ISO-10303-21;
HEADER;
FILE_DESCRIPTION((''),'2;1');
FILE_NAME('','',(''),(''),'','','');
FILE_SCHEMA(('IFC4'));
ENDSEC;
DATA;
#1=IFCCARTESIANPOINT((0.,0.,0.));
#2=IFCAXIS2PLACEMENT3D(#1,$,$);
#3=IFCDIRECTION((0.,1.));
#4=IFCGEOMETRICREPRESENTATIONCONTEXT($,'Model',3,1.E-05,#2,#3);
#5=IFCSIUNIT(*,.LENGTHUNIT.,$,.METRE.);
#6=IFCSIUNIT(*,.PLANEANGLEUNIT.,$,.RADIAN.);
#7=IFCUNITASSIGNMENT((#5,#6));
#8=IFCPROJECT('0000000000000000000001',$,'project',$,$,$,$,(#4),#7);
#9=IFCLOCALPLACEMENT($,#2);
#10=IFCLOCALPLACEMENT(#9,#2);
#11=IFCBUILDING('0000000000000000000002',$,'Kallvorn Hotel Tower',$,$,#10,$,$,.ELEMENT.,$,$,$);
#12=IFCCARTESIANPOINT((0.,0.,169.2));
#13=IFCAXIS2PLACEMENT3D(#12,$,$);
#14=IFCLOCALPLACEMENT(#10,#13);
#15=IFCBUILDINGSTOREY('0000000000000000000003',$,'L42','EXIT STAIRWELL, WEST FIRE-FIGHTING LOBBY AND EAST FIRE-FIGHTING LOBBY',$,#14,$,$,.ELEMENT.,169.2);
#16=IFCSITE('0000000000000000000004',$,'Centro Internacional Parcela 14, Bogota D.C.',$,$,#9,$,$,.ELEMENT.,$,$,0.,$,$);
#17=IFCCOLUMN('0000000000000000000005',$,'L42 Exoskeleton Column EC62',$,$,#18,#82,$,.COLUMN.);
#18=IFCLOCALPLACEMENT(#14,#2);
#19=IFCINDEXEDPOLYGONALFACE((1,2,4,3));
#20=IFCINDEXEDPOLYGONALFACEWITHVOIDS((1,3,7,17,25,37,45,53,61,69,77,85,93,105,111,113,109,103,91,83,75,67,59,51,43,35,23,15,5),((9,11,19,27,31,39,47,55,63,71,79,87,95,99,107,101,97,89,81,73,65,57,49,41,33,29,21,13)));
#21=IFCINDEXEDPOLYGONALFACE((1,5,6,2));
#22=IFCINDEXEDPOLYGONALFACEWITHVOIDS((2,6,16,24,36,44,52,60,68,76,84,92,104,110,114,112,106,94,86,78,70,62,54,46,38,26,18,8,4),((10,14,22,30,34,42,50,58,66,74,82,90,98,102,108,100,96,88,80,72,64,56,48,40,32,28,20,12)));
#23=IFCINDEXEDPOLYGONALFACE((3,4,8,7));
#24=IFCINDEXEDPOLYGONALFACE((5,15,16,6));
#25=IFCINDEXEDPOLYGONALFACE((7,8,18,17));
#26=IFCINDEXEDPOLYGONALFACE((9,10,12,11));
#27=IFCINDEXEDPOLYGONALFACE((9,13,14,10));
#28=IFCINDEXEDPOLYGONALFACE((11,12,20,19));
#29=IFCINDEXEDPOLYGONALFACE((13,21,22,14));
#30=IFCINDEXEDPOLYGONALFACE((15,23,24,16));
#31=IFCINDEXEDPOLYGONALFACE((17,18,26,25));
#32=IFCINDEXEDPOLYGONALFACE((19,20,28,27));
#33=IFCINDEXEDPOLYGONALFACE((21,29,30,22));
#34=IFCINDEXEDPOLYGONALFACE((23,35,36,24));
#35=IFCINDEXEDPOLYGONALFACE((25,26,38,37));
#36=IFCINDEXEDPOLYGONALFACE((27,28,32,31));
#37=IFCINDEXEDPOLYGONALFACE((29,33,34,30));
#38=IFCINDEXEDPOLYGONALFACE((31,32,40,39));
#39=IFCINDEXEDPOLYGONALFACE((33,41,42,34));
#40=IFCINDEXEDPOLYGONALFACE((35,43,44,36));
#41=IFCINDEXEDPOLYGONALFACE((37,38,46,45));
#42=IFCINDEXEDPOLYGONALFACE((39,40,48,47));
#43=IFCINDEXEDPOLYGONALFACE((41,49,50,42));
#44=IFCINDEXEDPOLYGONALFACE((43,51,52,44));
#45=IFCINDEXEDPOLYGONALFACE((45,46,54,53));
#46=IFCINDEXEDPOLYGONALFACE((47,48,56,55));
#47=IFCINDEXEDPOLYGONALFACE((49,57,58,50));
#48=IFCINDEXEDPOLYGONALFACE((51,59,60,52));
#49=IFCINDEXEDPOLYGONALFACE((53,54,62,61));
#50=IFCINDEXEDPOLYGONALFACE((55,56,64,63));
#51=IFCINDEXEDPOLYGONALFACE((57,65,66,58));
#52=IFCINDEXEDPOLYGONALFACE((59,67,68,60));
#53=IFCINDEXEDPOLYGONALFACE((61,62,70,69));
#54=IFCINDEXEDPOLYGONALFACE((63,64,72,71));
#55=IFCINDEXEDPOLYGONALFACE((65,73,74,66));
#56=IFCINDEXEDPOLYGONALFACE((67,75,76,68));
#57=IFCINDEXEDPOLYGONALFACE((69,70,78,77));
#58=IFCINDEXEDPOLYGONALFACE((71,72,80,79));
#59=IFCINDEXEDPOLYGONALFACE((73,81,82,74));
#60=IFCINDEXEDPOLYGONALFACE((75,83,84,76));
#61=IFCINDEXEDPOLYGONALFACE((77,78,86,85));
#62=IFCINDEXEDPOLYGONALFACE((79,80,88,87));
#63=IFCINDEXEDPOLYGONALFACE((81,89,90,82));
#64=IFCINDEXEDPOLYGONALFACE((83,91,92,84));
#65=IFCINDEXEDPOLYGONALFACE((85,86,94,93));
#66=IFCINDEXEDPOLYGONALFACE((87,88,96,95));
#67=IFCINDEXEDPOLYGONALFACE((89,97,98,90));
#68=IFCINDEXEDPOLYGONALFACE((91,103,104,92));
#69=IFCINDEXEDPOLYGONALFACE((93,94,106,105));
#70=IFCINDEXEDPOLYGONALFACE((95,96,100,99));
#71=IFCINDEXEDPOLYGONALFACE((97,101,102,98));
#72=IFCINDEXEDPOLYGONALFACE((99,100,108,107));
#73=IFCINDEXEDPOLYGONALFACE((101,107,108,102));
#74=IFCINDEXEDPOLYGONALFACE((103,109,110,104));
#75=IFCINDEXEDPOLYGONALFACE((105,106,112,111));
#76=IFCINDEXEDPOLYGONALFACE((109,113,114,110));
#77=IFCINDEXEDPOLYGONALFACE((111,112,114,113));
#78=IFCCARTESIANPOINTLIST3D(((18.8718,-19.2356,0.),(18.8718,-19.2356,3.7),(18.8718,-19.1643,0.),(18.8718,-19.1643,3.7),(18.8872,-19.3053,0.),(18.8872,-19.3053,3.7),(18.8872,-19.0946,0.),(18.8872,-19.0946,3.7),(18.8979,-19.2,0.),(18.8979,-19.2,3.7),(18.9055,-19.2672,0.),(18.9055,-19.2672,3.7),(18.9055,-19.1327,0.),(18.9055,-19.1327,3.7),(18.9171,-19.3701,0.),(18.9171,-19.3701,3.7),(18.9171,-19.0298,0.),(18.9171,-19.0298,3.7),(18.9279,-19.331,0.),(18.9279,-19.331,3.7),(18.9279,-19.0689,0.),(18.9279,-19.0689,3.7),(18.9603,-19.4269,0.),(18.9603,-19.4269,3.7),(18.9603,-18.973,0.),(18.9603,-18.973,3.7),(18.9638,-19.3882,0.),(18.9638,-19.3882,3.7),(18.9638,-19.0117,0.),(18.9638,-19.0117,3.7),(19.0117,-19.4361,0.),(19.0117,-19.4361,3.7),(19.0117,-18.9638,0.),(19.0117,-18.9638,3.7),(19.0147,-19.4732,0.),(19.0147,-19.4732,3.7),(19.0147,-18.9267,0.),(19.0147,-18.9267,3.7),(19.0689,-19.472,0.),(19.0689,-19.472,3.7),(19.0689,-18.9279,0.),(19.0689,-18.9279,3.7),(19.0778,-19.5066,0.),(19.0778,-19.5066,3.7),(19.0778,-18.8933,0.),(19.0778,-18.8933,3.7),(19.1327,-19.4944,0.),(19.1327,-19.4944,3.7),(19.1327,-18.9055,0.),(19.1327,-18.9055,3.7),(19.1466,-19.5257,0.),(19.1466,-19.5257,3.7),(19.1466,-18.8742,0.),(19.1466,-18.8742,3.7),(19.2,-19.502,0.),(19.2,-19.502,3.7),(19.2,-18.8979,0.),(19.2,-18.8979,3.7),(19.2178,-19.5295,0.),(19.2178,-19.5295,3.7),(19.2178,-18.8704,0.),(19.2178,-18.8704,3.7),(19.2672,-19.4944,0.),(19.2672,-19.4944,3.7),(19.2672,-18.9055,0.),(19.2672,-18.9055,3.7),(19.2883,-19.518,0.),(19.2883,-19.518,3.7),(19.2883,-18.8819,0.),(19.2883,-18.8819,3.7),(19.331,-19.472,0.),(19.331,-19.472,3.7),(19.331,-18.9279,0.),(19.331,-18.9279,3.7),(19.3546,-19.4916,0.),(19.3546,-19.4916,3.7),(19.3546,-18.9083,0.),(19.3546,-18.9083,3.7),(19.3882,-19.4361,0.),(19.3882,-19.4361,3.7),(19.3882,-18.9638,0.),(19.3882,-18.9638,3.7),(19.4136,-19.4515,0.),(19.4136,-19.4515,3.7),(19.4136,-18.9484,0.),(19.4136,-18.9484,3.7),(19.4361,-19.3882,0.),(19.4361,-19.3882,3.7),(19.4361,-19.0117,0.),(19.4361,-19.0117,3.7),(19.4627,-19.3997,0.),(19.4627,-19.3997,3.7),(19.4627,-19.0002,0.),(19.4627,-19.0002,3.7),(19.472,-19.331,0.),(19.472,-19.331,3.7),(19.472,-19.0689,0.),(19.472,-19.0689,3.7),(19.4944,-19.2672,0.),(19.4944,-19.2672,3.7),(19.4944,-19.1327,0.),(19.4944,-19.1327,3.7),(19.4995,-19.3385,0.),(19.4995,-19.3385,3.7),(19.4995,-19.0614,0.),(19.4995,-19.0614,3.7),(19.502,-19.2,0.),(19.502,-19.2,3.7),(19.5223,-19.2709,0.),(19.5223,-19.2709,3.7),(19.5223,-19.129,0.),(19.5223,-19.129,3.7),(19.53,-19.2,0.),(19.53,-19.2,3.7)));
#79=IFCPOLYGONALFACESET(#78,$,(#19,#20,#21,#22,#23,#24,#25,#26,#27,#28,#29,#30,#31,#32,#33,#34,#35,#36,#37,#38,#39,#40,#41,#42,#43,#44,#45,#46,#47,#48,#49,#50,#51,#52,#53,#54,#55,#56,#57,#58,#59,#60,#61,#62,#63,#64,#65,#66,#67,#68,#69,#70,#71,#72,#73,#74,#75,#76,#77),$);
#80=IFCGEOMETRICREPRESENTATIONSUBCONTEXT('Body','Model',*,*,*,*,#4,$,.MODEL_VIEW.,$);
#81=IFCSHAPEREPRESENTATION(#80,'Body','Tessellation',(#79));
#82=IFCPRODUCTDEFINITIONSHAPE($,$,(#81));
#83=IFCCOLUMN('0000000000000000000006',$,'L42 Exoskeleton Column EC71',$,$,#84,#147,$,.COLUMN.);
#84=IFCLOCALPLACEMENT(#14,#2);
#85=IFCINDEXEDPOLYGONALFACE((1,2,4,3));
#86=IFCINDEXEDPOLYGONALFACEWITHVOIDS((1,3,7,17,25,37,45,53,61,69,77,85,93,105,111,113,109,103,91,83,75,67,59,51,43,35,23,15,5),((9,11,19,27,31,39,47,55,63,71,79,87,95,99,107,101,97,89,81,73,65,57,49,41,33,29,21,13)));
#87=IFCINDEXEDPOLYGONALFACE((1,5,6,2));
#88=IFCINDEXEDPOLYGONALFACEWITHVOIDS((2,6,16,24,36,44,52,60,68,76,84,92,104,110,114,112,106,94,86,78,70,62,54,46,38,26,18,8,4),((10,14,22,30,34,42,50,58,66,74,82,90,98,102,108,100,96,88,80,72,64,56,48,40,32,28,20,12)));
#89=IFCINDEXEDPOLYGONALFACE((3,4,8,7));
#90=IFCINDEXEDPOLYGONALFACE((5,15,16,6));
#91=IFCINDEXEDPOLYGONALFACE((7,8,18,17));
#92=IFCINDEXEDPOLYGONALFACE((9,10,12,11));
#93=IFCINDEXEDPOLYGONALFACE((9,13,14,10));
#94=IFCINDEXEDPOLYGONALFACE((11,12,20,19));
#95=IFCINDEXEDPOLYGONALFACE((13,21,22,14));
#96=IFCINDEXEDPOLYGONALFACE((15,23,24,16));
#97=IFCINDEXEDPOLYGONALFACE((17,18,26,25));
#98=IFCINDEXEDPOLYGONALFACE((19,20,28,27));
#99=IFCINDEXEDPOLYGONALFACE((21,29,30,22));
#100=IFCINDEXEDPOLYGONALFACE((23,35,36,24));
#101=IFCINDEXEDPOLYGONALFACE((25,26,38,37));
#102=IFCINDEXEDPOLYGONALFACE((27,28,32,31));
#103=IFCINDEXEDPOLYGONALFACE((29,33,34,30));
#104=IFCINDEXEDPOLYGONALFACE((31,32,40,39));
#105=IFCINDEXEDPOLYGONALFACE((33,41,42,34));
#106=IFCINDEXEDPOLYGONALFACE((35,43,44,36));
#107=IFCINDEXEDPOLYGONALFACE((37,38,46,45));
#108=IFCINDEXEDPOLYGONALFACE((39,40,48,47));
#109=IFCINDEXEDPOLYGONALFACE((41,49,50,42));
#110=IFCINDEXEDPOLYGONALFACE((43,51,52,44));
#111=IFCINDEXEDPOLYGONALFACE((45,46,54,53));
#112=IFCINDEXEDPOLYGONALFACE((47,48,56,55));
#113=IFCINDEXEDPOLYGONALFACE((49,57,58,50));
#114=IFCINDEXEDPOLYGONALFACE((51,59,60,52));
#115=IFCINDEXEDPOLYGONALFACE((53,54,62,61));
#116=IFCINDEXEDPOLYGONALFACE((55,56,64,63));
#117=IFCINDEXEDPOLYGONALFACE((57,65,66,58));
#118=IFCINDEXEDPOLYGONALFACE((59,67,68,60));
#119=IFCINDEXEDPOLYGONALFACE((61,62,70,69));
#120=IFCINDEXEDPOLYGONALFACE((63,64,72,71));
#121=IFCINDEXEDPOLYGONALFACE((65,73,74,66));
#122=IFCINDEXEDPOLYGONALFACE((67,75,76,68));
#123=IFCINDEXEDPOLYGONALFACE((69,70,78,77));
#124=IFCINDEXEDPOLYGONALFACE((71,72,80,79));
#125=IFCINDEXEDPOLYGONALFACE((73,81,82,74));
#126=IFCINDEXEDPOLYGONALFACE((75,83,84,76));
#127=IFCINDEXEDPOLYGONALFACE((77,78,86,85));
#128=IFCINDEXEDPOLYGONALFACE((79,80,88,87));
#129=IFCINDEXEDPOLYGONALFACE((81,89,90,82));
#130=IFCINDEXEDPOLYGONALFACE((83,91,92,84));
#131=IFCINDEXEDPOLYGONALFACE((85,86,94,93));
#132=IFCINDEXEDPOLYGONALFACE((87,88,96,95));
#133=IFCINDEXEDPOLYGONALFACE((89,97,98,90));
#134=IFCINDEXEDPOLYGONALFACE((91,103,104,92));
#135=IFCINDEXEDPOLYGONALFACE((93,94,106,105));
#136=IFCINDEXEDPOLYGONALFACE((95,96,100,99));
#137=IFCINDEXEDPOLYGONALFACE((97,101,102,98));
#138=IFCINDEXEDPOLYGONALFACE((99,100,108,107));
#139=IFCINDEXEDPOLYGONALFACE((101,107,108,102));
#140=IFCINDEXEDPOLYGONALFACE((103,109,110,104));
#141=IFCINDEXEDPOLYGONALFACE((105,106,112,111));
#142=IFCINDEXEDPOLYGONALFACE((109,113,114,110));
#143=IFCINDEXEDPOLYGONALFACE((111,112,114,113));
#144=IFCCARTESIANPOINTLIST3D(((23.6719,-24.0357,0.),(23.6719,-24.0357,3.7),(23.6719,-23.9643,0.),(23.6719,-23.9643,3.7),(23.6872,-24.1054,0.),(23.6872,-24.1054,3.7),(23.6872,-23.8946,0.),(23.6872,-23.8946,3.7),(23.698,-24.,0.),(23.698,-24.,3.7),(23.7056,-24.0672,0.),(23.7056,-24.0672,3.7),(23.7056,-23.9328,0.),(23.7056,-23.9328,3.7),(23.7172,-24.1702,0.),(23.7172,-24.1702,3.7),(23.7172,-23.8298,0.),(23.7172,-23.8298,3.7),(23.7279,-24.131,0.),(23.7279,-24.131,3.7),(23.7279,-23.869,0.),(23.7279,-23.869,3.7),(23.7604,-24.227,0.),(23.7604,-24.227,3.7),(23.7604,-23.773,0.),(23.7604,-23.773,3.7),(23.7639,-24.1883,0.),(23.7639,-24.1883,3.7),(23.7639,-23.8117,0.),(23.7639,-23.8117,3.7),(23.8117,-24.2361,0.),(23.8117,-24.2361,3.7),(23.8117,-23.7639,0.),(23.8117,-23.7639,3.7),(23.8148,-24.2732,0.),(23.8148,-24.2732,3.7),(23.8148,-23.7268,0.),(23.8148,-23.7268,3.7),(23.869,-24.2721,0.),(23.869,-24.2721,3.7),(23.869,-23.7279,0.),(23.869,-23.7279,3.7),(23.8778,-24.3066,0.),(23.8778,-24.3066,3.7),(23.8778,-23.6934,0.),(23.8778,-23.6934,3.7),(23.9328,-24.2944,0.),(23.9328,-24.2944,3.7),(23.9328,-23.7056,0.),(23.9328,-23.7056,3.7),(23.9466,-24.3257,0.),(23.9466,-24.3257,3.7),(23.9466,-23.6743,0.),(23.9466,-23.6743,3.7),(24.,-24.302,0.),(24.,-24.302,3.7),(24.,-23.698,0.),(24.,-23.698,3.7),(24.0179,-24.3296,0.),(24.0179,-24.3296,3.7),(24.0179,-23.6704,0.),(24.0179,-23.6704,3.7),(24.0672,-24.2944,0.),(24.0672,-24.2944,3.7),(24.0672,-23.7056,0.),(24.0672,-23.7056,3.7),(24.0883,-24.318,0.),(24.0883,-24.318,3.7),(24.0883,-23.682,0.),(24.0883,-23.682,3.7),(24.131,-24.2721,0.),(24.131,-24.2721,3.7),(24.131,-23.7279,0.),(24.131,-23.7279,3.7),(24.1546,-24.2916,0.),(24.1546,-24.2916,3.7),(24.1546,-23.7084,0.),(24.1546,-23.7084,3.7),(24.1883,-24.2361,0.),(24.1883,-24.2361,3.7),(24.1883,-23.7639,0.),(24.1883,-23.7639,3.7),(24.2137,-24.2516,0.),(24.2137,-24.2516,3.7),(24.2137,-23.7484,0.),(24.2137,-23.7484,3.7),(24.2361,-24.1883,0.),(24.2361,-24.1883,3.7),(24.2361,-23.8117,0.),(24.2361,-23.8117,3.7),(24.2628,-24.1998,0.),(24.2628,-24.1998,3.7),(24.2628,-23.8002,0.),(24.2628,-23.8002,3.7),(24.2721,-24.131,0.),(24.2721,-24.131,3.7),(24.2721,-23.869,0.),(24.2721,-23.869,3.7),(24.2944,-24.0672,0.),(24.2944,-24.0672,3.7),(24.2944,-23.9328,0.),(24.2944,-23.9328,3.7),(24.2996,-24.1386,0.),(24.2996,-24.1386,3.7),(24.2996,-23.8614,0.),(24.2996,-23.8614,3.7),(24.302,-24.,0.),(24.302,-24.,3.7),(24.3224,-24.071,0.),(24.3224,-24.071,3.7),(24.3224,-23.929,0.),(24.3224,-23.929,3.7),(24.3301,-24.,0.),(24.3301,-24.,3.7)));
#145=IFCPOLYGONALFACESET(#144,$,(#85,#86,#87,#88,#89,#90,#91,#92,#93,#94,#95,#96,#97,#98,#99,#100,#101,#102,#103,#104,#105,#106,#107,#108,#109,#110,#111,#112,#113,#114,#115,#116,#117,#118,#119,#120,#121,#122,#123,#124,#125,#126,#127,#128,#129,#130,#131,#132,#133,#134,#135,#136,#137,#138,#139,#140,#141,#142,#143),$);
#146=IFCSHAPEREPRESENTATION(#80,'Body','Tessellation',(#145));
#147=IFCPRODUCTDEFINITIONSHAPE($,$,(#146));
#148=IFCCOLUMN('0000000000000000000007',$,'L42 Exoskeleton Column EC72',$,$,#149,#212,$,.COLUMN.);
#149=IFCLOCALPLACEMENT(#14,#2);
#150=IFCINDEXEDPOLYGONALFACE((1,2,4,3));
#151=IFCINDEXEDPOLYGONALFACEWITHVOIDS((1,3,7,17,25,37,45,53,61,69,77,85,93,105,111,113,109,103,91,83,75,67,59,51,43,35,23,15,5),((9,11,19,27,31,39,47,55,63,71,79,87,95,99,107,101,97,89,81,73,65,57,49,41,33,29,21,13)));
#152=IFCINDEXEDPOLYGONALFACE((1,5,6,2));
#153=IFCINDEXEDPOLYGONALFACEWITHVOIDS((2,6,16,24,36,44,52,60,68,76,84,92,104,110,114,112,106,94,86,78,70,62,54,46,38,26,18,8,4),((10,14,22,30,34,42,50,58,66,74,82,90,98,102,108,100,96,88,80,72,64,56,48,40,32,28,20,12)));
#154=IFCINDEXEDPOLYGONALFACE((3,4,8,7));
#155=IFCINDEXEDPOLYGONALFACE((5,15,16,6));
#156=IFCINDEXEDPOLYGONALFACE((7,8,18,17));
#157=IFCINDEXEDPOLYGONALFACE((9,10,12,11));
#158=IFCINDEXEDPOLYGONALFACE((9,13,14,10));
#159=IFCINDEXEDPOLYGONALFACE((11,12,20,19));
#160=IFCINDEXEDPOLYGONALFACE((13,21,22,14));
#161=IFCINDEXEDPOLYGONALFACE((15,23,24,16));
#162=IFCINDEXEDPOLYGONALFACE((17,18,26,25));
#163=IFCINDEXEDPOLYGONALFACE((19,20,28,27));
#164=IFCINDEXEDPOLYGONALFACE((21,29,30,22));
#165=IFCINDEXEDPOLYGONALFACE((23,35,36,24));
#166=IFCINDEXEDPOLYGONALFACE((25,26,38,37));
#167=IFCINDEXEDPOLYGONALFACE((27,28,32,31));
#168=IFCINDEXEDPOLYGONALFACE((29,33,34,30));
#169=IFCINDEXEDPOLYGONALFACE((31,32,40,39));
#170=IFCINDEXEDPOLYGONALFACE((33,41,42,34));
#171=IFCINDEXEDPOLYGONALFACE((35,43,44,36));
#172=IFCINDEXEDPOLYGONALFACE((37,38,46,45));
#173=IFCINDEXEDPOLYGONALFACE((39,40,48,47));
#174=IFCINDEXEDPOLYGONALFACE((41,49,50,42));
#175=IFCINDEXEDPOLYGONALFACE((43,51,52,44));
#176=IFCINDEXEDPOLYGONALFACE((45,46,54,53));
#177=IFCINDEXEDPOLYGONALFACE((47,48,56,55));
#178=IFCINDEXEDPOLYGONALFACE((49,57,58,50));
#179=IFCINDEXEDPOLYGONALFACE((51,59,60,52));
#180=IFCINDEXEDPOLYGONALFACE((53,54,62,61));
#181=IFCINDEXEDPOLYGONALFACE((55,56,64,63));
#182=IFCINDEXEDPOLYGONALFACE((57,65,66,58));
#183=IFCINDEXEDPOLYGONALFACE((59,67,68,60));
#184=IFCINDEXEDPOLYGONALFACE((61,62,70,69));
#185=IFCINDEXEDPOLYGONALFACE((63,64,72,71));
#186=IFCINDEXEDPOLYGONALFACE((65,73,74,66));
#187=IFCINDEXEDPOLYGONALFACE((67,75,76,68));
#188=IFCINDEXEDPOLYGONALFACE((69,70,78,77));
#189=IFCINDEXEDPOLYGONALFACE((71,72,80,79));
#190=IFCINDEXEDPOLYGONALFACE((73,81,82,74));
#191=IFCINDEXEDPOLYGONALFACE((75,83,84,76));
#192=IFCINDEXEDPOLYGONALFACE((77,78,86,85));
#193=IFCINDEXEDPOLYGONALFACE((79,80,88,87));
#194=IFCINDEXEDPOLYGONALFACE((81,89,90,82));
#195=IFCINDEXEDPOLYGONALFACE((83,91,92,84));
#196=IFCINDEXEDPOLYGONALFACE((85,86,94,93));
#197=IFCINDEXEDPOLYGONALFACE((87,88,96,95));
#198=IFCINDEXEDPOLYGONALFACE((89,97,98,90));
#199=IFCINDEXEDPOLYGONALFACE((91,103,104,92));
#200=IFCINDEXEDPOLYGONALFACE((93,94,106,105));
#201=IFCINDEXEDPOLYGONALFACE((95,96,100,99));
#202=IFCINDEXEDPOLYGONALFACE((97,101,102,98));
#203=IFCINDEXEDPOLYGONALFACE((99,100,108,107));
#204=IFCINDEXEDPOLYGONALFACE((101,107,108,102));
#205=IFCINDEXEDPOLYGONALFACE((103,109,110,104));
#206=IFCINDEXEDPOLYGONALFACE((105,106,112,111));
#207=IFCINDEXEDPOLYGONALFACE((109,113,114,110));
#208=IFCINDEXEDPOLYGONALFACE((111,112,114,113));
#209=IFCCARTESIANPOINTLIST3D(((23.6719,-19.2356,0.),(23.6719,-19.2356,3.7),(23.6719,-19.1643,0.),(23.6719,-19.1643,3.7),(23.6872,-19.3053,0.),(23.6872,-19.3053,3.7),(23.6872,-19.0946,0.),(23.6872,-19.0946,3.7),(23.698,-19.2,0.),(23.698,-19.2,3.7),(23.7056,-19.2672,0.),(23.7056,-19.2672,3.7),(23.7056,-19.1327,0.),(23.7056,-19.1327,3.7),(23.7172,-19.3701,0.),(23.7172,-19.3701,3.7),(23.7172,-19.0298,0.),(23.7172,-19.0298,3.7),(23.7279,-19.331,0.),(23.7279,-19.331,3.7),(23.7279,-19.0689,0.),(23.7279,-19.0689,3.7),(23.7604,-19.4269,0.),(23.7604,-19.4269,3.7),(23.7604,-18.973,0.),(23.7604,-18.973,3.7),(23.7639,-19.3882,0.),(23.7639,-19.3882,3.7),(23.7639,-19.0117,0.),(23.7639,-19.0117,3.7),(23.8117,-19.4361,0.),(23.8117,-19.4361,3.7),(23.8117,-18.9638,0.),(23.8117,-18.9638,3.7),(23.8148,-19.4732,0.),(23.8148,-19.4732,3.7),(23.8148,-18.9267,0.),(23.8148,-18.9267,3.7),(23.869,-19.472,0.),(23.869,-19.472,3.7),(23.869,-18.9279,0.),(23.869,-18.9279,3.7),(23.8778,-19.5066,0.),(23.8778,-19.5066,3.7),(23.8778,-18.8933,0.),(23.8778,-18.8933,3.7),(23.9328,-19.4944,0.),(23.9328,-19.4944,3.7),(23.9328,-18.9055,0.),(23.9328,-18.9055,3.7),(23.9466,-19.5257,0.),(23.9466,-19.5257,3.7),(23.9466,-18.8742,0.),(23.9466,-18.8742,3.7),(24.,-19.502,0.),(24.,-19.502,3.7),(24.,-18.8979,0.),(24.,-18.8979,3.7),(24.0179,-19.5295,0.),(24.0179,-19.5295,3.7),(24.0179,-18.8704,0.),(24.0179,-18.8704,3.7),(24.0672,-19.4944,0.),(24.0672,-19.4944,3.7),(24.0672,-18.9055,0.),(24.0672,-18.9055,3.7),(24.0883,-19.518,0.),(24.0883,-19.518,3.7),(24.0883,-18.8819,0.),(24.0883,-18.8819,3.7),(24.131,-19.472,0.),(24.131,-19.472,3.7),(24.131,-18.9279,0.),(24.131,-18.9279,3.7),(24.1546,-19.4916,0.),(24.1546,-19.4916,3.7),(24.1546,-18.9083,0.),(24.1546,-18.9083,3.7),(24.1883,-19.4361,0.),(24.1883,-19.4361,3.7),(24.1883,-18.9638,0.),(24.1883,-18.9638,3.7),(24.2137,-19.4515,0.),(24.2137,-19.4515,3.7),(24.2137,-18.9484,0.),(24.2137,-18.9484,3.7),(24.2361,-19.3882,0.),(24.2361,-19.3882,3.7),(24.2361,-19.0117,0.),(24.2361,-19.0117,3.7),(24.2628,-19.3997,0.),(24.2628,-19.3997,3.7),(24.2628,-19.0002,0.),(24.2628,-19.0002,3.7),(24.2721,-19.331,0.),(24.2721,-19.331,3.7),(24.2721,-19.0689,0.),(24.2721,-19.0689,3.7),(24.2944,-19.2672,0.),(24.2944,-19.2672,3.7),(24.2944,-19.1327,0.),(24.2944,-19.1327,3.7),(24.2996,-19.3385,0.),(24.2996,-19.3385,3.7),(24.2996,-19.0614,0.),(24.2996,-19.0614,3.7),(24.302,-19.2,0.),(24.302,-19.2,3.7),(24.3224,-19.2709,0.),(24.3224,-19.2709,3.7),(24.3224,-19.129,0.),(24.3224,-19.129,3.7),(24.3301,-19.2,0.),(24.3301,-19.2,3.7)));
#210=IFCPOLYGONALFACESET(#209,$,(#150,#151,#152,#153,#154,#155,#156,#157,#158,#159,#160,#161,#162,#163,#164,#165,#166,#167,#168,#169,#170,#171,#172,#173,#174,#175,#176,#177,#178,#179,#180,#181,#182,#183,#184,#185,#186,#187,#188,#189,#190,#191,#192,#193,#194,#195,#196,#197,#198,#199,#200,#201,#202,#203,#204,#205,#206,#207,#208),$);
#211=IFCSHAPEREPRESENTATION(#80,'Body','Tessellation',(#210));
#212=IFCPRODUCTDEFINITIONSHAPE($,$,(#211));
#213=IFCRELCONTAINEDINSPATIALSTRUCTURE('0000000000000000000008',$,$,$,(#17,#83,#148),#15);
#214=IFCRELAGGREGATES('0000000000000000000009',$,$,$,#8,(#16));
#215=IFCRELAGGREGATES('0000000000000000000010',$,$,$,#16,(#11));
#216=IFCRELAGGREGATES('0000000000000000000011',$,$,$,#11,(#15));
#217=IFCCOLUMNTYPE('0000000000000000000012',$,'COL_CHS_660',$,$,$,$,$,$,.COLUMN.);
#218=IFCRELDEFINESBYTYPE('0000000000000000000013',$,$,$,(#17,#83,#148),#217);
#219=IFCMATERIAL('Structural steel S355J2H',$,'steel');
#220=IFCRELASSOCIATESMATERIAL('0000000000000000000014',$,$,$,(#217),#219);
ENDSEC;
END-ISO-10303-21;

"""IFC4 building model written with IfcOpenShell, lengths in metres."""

from ifc_helpers import new_model, si_unit, direction, frame, origin, origin_2d, place, context, subcontext, project, spatial, hollow_circle, extrude, material, material_profile, profile_set, type_object, element, save


model = new_model("IFC4")

# Units and contexts
model_context = context("Model", 3, precision=1e-05, world=origin(), true_north=direction((0.0, 1.0)))
body_context = subcontext(model_context, "Body", "Model", "MODEL_VIEW")
ifc_project = project(units=[si_unit("LENGTHUNIT", "METRE"), si_unit("PLANEANGLEUNIT", "RADIAN")], contexts=[model_context])

# Site, building, storey
site_placement = place(None, origin())
site = spatial("IfcSite", under=ifc_project, at=site_placement, Name="Centro Internacional Parcela 14, Bogota D.C.", CompositionType="ELEMENT", RefElevation=0.0)
building_placement = place(site_placement, origin())
building = spatial("IfcBuilding", under=site, at=building_placement, Name="Kallvorn Hotel Tower", CompositionType="ELEMENT")
storey_placement = place(building_placement, frame((0.0, 0.0, 169.2)))
storey = spatial("IfcBuildingStorey", under=building, at=storey_placement, Name="L42", Description="EXIT STAIRWELL, WEST FIRE-FIGHTING LOBBY AND EAST FIRE-FIGHTING LOBBY", CompositionType="ELEMENT", Elevation=169.2)

# Columns
ifc_material_1 = material(Name="Structural steel S355J2H", Category="steel")
ifc_material_profile_1 = material_profile(ifc_material_1, hollow_circle(Radius=0.3301, WallThickness=0.0281, at=origin_2d()), Name="CHS 660x28")
ifc_profile_set_1 = profile_set([ifc_material_profile_1], Name="Structural steel S355J2H")
column_type = type_object("IfcColumnType", Name="COL_CHS_660", PredefinedType="COLUMN", material=ifc_profile_set_1)
for number, where, z_axis, x_axis, name in (
    (1, (19.2, -19.2, 0.0), (0.0, 0.0, 1.0), (1.0, 0.0, 0.0), "L42 Exoskeleton Column EC62"),
    (2, (24.0, -24.0, 0.0), (0.0, 0.0, 1.0), (1.0, 0.0, 0.0), "L42 Exoskeleton Column EC71"),
    (3, (24.0, -19.2, 0.0), (0.0, 0.0, 1.0), (1.0, 0.0, 0.0), "L42 Exoskeleton Column EC72"),
):
    element("IfcColumn", number, at=place(storey_placement, frame(where, z_axis=z_axis, x_axis=x_axis)), inside=storey, type_object=column_type, Name=name, PredefinedType="COLUMN", context=body_context, shape_type="SweptSolid", body=[
        extrude(hollow_circle(Radius=0.3301, WallThickness=0.0281, at=origin_2d()), origin(), (0.0, 0.0, 1.0), 3.7),
    ])

save(model, "model.ifc")
